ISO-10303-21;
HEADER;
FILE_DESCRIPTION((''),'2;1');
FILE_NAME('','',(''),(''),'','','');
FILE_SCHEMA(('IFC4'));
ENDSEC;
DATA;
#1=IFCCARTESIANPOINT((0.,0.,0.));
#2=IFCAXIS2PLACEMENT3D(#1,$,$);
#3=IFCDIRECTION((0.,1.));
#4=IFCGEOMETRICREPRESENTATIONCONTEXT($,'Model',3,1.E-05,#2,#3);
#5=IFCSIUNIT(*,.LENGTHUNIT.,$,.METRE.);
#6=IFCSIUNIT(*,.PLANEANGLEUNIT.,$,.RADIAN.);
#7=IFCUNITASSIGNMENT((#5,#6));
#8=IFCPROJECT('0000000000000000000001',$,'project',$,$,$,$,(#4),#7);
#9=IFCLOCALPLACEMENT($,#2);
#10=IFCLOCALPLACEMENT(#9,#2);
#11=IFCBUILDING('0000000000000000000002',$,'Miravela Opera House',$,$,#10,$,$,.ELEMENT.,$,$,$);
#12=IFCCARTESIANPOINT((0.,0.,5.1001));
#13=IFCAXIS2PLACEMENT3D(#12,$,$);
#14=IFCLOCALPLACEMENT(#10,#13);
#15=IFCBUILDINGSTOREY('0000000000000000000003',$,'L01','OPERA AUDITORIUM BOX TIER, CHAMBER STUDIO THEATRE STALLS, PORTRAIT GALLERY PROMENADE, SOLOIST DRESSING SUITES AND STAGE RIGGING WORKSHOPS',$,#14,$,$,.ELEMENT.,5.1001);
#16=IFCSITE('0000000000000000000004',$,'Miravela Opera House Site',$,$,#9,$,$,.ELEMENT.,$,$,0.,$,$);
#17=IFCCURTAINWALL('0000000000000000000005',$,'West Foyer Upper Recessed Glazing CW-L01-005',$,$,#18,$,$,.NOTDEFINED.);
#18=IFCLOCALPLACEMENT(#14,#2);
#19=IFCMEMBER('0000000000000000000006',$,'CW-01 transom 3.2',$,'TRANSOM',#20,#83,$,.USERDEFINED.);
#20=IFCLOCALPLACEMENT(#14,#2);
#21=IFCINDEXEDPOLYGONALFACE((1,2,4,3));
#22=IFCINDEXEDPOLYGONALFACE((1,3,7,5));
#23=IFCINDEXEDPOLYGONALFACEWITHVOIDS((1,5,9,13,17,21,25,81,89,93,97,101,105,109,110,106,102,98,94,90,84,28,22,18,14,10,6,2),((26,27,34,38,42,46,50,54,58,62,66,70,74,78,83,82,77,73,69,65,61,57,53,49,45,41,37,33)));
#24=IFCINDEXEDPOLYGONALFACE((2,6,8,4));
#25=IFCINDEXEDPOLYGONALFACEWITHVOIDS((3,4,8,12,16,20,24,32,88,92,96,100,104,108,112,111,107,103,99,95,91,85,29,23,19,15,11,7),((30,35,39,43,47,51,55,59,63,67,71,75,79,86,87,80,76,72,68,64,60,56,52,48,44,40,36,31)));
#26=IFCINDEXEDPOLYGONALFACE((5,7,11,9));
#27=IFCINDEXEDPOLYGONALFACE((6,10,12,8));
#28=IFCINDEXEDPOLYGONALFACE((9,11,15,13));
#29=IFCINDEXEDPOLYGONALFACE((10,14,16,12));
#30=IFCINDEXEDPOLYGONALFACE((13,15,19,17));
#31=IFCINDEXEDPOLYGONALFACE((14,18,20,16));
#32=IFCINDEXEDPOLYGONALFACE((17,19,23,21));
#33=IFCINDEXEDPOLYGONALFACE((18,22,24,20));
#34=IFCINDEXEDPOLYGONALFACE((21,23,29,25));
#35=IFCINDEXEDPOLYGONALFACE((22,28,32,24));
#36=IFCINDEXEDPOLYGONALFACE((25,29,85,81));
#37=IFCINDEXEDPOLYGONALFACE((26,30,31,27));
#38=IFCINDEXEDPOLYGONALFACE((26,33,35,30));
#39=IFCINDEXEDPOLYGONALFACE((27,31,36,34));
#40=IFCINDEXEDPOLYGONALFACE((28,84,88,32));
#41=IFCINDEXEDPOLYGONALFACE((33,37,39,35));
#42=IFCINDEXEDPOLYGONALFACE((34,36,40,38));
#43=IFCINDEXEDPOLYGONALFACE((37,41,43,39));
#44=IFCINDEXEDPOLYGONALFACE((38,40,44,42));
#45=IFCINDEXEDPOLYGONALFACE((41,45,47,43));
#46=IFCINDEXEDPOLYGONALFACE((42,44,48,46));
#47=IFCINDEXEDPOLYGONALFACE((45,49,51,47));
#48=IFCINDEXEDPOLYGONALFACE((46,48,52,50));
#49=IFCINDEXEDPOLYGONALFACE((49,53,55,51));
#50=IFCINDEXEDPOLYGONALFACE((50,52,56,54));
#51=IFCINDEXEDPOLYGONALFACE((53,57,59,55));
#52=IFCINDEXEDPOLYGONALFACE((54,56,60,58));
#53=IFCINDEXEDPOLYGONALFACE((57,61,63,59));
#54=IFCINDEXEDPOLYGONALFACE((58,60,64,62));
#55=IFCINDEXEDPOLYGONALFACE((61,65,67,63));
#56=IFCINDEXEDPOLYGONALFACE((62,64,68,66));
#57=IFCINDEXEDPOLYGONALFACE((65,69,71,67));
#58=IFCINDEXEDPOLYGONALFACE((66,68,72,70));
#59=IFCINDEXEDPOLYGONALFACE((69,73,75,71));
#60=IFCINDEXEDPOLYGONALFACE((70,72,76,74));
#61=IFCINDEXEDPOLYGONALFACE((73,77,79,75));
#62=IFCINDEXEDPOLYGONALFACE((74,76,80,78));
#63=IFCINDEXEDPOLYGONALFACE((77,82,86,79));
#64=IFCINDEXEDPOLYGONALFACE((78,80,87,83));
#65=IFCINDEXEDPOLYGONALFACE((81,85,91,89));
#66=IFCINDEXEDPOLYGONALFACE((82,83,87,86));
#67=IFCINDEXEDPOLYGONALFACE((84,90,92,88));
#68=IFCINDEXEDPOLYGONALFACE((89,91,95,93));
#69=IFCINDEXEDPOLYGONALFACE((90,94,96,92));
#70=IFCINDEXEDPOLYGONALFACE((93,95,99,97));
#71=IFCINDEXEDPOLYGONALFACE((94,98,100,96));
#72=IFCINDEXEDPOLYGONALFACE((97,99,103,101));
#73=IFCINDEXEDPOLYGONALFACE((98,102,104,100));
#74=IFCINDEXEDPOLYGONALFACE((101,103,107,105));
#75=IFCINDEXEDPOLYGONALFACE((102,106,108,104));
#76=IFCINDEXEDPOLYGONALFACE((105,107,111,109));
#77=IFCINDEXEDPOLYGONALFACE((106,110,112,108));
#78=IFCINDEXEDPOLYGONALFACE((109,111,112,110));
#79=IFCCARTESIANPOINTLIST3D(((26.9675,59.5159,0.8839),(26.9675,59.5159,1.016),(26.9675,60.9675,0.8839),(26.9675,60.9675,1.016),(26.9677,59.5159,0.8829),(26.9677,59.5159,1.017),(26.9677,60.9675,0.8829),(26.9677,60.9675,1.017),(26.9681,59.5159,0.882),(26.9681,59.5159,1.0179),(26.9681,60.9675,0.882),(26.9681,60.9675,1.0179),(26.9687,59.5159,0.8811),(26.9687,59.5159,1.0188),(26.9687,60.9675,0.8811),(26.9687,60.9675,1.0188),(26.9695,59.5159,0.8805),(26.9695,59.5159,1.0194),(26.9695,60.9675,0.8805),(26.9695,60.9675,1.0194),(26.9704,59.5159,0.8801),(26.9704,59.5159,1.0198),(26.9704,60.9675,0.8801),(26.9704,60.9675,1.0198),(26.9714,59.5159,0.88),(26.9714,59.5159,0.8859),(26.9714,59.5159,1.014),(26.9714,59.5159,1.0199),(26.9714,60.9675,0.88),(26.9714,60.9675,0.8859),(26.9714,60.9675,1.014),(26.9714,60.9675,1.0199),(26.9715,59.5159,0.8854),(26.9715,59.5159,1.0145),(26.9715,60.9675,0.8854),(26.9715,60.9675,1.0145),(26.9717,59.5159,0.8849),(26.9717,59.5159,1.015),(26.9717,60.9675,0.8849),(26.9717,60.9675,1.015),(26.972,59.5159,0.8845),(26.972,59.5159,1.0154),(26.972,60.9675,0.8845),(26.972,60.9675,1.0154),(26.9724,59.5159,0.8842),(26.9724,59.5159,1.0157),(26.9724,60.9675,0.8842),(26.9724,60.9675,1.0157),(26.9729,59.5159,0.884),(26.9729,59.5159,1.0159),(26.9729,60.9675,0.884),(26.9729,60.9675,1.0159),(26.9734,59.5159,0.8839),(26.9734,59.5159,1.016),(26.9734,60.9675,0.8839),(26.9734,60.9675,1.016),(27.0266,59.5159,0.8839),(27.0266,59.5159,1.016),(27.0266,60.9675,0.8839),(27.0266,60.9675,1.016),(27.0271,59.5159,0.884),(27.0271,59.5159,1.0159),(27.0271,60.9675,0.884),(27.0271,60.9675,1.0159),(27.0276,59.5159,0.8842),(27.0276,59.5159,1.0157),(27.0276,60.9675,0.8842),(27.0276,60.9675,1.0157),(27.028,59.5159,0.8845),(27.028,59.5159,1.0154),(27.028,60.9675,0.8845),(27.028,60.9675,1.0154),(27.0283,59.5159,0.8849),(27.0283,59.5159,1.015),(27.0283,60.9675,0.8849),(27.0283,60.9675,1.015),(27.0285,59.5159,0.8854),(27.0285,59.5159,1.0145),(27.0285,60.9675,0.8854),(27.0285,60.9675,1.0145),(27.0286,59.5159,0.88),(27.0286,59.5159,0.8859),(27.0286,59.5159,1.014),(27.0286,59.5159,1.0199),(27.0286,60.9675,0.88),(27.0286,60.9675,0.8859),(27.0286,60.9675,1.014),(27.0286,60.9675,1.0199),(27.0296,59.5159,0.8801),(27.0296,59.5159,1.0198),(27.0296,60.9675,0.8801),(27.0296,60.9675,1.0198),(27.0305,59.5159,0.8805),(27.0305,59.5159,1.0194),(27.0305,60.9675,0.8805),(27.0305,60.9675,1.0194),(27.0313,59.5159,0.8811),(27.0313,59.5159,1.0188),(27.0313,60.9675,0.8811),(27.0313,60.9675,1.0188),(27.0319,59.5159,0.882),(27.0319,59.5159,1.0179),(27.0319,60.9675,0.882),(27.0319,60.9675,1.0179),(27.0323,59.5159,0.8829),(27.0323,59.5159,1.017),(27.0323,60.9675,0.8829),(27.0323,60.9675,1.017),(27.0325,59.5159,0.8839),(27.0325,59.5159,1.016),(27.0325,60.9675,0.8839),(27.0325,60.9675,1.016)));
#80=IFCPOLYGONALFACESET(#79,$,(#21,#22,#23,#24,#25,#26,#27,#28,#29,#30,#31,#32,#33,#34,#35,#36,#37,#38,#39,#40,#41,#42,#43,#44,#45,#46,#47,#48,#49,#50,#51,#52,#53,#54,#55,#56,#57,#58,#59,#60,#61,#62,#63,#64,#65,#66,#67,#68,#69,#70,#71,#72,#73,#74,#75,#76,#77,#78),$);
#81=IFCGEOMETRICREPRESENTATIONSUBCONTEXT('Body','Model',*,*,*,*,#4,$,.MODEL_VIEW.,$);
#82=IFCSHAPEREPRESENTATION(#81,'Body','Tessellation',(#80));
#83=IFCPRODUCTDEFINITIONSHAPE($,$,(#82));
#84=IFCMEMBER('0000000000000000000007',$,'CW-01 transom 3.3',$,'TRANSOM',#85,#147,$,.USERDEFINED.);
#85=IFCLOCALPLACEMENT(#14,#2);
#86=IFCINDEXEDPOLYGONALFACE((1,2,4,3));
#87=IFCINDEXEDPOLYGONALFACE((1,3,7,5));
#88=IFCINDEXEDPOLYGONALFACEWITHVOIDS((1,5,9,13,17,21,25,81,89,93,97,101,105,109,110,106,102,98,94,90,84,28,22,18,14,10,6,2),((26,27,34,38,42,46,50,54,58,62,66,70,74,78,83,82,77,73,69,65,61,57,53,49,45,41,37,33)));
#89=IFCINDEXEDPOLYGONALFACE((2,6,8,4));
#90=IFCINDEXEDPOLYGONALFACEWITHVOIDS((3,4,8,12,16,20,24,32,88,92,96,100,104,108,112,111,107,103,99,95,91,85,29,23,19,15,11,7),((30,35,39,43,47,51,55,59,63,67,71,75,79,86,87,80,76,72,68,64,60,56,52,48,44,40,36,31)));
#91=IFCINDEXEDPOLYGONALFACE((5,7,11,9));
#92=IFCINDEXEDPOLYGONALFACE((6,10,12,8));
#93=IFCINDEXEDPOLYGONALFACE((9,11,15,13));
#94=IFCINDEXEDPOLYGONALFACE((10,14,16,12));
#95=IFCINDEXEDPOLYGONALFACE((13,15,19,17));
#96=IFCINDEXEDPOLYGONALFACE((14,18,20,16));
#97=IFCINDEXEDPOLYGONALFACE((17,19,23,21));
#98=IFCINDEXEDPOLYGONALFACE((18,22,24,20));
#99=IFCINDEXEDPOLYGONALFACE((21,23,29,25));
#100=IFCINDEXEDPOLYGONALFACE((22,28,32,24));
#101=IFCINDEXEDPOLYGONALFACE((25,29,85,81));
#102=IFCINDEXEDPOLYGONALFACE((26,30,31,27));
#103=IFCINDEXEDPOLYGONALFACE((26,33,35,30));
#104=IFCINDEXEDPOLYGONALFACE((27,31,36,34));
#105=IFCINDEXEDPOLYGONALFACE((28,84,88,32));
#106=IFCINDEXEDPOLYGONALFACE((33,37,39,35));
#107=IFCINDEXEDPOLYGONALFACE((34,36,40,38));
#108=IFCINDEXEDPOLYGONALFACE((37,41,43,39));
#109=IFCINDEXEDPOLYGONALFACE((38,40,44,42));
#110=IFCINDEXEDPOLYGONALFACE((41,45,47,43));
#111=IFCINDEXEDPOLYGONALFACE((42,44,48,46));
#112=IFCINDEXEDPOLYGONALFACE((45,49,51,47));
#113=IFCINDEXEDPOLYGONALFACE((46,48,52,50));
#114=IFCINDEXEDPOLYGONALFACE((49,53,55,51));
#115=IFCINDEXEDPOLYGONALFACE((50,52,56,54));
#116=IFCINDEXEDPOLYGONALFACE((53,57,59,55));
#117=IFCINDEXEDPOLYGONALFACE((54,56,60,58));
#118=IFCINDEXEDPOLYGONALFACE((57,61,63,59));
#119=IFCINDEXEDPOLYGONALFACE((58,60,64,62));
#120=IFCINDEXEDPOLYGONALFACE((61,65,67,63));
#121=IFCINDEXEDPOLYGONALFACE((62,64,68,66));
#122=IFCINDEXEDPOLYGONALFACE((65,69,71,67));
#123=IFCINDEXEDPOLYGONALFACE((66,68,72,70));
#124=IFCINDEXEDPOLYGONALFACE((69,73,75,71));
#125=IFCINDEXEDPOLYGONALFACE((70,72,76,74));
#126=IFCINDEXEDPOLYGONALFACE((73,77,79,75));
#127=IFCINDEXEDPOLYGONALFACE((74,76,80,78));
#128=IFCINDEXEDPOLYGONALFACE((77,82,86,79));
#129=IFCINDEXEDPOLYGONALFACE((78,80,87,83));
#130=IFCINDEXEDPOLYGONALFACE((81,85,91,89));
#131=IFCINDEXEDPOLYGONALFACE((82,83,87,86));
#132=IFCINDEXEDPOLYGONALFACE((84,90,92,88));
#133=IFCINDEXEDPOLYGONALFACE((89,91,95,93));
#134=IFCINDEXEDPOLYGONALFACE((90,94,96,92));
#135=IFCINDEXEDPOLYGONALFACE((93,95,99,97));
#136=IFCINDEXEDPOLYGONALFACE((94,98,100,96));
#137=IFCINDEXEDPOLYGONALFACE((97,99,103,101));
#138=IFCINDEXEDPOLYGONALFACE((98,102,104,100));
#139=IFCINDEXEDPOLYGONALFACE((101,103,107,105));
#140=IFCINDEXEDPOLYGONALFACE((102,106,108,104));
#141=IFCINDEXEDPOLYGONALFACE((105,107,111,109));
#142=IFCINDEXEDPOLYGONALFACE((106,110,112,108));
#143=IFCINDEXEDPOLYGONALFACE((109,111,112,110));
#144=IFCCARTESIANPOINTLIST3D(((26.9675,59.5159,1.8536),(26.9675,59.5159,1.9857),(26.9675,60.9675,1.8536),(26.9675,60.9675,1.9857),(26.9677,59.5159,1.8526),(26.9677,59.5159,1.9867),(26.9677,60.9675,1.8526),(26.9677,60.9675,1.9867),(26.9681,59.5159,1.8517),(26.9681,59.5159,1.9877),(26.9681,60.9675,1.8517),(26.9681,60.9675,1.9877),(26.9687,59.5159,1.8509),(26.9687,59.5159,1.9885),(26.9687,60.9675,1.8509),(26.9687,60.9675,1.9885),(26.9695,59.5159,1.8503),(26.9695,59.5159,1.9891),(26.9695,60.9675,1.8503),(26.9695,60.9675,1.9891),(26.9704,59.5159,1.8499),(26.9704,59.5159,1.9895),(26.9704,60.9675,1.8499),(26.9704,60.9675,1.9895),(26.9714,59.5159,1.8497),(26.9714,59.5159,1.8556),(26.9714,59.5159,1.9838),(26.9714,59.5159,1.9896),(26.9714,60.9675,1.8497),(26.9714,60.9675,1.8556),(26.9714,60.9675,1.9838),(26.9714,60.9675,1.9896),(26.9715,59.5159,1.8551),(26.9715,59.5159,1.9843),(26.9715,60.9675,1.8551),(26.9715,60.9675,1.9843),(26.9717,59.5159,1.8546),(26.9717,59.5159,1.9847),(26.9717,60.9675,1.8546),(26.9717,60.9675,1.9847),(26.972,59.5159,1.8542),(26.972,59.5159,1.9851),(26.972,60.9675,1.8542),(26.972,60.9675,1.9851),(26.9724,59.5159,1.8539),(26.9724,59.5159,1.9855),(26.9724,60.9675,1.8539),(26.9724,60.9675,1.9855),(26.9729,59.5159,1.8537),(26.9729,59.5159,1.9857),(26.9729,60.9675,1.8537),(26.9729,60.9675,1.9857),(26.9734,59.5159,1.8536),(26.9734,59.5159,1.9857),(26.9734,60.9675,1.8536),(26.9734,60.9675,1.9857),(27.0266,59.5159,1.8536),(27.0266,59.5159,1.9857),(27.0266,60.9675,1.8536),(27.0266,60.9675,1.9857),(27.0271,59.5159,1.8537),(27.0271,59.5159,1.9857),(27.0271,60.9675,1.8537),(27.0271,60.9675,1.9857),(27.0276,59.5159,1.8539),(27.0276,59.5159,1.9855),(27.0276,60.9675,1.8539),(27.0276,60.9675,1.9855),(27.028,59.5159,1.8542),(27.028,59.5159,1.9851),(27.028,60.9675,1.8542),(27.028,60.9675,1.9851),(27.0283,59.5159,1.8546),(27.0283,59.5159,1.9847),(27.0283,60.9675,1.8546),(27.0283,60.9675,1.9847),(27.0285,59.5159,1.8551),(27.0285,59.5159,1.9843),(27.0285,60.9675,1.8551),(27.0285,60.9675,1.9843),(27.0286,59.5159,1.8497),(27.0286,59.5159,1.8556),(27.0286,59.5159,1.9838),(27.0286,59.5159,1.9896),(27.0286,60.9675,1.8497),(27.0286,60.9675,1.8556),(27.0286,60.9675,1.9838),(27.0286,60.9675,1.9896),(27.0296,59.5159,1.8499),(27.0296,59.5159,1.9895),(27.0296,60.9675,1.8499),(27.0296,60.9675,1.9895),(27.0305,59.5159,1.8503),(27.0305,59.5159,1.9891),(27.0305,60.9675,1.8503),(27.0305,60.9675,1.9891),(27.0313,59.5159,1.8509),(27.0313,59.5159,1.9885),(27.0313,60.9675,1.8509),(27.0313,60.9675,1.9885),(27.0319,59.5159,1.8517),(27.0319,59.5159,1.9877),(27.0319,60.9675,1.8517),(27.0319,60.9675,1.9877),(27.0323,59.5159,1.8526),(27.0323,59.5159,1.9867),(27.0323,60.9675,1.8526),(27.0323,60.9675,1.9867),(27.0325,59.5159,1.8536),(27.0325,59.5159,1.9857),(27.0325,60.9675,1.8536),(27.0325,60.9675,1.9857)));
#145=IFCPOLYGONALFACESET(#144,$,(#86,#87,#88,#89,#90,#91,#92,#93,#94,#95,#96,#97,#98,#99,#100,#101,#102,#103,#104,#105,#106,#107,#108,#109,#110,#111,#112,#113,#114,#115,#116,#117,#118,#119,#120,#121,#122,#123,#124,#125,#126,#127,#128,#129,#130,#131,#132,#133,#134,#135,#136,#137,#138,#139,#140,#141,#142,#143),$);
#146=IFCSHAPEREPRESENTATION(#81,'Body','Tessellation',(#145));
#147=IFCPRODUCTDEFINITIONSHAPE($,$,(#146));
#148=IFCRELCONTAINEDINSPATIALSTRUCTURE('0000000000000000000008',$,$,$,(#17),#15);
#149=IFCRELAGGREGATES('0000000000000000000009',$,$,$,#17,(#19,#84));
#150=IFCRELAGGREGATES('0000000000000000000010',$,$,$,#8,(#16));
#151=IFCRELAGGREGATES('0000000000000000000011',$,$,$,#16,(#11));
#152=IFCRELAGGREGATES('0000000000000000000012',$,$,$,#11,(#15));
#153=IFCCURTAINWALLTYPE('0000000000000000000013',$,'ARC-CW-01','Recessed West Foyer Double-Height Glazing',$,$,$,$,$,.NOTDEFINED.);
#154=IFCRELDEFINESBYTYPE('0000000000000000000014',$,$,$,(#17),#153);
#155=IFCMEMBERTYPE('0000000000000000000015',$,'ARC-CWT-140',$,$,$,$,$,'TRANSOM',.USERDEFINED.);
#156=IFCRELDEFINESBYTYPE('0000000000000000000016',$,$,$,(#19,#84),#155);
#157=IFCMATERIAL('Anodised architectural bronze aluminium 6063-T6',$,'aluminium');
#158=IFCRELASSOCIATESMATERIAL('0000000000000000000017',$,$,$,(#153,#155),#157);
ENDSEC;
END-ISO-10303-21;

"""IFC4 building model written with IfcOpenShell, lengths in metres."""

from ifc_helpers import new_model, si_unit, direction, frame, origin, origin_2d, place, context, subcontext, project, spatial, hollow_rectangle, extrude, material, material_profile, profile_set, type_object, element, aggregate, save


model = new_model("IFC4")

# Units and contexts
model_context = context("Model", 3, precision=1e-05, world=origin(), true_north=direction((0.0, 1.0)))
body_context = subcontext(model_context, "Body", "Model", "MODEL_VIEW")
ifc_project = project(units=[si_unit("LENGTHUNIT", "METRE"), si_unit("PLANEANGLEUNIT", "RADIAN")], contexts=[model_context])

# Site, building, storey
site_placement = place(None, origin())
site = spatial("IfcSite", under=ifc_project, at=site_placement, Name="Miravela Opera House Site", CompositionType="ELEMENT", RefElevation=0.0)
building_placement = place(site_placement, origin())
building = spatial("IfcBuilding", under=site, at=building_placement, Name="Miravela Opera House", CompositionType="ELEMENT")
storey_placement = place(building_placement, frame((0.0, 0.0, 5.1001)))
storey = spatial("IfcBuildingStorey", under=building, at=storey_placement, Name="L01", Description="OPERA AUDITORIUM BOX TIER, CHAMBER STUDIO THEATRE STALLS, PORTRAIT GALLERY PROMENADE, SOLOIST DRESSING SUITES AND STAGE RIGGING WORKSHOPS", CompositionType="ELEMENT", Elevation=5.1001)

# Curtain wall, members
ifc_material_1 = material(Name="Anodised architectural bronze aluminium 6063-T6", Category="aluminium")
curtain_wall_type = type_object("IfcCurtainWallType", Name="ARC-CW-01", Description="Recessed West Foyer Double-Height Glazing", PredefinedType="NOTDEFINED", material=ifc_material_1)
curtain_wall_placement = place(storey_placement, origin())
curtain_wall = element("IfcCurtainWall", 1, at=curtain_wall_placement, inside=storey, type_object=curtain_wall_type, Name="West Foyer Upper Recessed Glazing CW-L01-005", PredefinedType="NOTDEFINED")
ifc_material_profile_1 = material_profile(ifc_material_1, hollow_rectangle(XDim=0.0649, YDim=0.1399, WallThickness=0.0039, InnerFilletRadius=0.002, OuterFilletRadius=0.0039, at=origin_2d()), Name="CWT-65X140")
ifc_profile_set_1 = profile_set([ifc_material_profile_1])
member_type_1 = type_object("IfcMemberType", Name="ARC-CWT-140", ElementType="TRANSOM", PredefinedType="USERDEFINED", material=ifc_profile_set_1)
member_1_placement = place(storey_placement, frame((27.0, 59.5159, 0.95), z_axis=(0.0, 1.0, 0.0), x_axis=(-1.0, 0.0, 0.0)))
member_1 = element("IfcMember", 2, at=member_1_placement, type_object=member_type_1, Name="CW-01 transom 3.2", ObjectType="TRANSOM", PredefinedType="USERDEFINED", context=body_context, shape_type="SweptSolid", body=[
    extrude(hollow_rectangle(XDim=0.0649, YDim=0.1399, WallThickness=0.0039, InnerFilletRadius=0.002, OuterFilletRadius=0.0039, at=origin_2d()), origin(), (0.0, 0.0, 1.0), 1.4517),
])
member_2_placement = place(storey_placement, frame((27.0, 59.5159, 1.9197), z_axis=(0.0, 1.0, 0.0), x_axis=(-1.0, 0.0, 0.0)))
member_2 = element("IfcMember", 3, at=member_2_placement, type_object=member_type_1, Name="CW-01 transom 3.3", ObjectType="TRANSOM", PredefinedType="USERDEFINED", context=body_context, shape_type="SweptSolid", body=[
    extrude(hollow_rectangle(XDim=0.0649, YDim=0.1399, WallThickness=0.0039, InnerFilletRadius=0.002, OuterFilletRadius=0.0039, at=origin_2d()), origin(), (0.0, 0.0, 1.0), 1.4517),
])
aggregate(curtain_wall, [member_1, member_2])

save(model, "model.ifc")
